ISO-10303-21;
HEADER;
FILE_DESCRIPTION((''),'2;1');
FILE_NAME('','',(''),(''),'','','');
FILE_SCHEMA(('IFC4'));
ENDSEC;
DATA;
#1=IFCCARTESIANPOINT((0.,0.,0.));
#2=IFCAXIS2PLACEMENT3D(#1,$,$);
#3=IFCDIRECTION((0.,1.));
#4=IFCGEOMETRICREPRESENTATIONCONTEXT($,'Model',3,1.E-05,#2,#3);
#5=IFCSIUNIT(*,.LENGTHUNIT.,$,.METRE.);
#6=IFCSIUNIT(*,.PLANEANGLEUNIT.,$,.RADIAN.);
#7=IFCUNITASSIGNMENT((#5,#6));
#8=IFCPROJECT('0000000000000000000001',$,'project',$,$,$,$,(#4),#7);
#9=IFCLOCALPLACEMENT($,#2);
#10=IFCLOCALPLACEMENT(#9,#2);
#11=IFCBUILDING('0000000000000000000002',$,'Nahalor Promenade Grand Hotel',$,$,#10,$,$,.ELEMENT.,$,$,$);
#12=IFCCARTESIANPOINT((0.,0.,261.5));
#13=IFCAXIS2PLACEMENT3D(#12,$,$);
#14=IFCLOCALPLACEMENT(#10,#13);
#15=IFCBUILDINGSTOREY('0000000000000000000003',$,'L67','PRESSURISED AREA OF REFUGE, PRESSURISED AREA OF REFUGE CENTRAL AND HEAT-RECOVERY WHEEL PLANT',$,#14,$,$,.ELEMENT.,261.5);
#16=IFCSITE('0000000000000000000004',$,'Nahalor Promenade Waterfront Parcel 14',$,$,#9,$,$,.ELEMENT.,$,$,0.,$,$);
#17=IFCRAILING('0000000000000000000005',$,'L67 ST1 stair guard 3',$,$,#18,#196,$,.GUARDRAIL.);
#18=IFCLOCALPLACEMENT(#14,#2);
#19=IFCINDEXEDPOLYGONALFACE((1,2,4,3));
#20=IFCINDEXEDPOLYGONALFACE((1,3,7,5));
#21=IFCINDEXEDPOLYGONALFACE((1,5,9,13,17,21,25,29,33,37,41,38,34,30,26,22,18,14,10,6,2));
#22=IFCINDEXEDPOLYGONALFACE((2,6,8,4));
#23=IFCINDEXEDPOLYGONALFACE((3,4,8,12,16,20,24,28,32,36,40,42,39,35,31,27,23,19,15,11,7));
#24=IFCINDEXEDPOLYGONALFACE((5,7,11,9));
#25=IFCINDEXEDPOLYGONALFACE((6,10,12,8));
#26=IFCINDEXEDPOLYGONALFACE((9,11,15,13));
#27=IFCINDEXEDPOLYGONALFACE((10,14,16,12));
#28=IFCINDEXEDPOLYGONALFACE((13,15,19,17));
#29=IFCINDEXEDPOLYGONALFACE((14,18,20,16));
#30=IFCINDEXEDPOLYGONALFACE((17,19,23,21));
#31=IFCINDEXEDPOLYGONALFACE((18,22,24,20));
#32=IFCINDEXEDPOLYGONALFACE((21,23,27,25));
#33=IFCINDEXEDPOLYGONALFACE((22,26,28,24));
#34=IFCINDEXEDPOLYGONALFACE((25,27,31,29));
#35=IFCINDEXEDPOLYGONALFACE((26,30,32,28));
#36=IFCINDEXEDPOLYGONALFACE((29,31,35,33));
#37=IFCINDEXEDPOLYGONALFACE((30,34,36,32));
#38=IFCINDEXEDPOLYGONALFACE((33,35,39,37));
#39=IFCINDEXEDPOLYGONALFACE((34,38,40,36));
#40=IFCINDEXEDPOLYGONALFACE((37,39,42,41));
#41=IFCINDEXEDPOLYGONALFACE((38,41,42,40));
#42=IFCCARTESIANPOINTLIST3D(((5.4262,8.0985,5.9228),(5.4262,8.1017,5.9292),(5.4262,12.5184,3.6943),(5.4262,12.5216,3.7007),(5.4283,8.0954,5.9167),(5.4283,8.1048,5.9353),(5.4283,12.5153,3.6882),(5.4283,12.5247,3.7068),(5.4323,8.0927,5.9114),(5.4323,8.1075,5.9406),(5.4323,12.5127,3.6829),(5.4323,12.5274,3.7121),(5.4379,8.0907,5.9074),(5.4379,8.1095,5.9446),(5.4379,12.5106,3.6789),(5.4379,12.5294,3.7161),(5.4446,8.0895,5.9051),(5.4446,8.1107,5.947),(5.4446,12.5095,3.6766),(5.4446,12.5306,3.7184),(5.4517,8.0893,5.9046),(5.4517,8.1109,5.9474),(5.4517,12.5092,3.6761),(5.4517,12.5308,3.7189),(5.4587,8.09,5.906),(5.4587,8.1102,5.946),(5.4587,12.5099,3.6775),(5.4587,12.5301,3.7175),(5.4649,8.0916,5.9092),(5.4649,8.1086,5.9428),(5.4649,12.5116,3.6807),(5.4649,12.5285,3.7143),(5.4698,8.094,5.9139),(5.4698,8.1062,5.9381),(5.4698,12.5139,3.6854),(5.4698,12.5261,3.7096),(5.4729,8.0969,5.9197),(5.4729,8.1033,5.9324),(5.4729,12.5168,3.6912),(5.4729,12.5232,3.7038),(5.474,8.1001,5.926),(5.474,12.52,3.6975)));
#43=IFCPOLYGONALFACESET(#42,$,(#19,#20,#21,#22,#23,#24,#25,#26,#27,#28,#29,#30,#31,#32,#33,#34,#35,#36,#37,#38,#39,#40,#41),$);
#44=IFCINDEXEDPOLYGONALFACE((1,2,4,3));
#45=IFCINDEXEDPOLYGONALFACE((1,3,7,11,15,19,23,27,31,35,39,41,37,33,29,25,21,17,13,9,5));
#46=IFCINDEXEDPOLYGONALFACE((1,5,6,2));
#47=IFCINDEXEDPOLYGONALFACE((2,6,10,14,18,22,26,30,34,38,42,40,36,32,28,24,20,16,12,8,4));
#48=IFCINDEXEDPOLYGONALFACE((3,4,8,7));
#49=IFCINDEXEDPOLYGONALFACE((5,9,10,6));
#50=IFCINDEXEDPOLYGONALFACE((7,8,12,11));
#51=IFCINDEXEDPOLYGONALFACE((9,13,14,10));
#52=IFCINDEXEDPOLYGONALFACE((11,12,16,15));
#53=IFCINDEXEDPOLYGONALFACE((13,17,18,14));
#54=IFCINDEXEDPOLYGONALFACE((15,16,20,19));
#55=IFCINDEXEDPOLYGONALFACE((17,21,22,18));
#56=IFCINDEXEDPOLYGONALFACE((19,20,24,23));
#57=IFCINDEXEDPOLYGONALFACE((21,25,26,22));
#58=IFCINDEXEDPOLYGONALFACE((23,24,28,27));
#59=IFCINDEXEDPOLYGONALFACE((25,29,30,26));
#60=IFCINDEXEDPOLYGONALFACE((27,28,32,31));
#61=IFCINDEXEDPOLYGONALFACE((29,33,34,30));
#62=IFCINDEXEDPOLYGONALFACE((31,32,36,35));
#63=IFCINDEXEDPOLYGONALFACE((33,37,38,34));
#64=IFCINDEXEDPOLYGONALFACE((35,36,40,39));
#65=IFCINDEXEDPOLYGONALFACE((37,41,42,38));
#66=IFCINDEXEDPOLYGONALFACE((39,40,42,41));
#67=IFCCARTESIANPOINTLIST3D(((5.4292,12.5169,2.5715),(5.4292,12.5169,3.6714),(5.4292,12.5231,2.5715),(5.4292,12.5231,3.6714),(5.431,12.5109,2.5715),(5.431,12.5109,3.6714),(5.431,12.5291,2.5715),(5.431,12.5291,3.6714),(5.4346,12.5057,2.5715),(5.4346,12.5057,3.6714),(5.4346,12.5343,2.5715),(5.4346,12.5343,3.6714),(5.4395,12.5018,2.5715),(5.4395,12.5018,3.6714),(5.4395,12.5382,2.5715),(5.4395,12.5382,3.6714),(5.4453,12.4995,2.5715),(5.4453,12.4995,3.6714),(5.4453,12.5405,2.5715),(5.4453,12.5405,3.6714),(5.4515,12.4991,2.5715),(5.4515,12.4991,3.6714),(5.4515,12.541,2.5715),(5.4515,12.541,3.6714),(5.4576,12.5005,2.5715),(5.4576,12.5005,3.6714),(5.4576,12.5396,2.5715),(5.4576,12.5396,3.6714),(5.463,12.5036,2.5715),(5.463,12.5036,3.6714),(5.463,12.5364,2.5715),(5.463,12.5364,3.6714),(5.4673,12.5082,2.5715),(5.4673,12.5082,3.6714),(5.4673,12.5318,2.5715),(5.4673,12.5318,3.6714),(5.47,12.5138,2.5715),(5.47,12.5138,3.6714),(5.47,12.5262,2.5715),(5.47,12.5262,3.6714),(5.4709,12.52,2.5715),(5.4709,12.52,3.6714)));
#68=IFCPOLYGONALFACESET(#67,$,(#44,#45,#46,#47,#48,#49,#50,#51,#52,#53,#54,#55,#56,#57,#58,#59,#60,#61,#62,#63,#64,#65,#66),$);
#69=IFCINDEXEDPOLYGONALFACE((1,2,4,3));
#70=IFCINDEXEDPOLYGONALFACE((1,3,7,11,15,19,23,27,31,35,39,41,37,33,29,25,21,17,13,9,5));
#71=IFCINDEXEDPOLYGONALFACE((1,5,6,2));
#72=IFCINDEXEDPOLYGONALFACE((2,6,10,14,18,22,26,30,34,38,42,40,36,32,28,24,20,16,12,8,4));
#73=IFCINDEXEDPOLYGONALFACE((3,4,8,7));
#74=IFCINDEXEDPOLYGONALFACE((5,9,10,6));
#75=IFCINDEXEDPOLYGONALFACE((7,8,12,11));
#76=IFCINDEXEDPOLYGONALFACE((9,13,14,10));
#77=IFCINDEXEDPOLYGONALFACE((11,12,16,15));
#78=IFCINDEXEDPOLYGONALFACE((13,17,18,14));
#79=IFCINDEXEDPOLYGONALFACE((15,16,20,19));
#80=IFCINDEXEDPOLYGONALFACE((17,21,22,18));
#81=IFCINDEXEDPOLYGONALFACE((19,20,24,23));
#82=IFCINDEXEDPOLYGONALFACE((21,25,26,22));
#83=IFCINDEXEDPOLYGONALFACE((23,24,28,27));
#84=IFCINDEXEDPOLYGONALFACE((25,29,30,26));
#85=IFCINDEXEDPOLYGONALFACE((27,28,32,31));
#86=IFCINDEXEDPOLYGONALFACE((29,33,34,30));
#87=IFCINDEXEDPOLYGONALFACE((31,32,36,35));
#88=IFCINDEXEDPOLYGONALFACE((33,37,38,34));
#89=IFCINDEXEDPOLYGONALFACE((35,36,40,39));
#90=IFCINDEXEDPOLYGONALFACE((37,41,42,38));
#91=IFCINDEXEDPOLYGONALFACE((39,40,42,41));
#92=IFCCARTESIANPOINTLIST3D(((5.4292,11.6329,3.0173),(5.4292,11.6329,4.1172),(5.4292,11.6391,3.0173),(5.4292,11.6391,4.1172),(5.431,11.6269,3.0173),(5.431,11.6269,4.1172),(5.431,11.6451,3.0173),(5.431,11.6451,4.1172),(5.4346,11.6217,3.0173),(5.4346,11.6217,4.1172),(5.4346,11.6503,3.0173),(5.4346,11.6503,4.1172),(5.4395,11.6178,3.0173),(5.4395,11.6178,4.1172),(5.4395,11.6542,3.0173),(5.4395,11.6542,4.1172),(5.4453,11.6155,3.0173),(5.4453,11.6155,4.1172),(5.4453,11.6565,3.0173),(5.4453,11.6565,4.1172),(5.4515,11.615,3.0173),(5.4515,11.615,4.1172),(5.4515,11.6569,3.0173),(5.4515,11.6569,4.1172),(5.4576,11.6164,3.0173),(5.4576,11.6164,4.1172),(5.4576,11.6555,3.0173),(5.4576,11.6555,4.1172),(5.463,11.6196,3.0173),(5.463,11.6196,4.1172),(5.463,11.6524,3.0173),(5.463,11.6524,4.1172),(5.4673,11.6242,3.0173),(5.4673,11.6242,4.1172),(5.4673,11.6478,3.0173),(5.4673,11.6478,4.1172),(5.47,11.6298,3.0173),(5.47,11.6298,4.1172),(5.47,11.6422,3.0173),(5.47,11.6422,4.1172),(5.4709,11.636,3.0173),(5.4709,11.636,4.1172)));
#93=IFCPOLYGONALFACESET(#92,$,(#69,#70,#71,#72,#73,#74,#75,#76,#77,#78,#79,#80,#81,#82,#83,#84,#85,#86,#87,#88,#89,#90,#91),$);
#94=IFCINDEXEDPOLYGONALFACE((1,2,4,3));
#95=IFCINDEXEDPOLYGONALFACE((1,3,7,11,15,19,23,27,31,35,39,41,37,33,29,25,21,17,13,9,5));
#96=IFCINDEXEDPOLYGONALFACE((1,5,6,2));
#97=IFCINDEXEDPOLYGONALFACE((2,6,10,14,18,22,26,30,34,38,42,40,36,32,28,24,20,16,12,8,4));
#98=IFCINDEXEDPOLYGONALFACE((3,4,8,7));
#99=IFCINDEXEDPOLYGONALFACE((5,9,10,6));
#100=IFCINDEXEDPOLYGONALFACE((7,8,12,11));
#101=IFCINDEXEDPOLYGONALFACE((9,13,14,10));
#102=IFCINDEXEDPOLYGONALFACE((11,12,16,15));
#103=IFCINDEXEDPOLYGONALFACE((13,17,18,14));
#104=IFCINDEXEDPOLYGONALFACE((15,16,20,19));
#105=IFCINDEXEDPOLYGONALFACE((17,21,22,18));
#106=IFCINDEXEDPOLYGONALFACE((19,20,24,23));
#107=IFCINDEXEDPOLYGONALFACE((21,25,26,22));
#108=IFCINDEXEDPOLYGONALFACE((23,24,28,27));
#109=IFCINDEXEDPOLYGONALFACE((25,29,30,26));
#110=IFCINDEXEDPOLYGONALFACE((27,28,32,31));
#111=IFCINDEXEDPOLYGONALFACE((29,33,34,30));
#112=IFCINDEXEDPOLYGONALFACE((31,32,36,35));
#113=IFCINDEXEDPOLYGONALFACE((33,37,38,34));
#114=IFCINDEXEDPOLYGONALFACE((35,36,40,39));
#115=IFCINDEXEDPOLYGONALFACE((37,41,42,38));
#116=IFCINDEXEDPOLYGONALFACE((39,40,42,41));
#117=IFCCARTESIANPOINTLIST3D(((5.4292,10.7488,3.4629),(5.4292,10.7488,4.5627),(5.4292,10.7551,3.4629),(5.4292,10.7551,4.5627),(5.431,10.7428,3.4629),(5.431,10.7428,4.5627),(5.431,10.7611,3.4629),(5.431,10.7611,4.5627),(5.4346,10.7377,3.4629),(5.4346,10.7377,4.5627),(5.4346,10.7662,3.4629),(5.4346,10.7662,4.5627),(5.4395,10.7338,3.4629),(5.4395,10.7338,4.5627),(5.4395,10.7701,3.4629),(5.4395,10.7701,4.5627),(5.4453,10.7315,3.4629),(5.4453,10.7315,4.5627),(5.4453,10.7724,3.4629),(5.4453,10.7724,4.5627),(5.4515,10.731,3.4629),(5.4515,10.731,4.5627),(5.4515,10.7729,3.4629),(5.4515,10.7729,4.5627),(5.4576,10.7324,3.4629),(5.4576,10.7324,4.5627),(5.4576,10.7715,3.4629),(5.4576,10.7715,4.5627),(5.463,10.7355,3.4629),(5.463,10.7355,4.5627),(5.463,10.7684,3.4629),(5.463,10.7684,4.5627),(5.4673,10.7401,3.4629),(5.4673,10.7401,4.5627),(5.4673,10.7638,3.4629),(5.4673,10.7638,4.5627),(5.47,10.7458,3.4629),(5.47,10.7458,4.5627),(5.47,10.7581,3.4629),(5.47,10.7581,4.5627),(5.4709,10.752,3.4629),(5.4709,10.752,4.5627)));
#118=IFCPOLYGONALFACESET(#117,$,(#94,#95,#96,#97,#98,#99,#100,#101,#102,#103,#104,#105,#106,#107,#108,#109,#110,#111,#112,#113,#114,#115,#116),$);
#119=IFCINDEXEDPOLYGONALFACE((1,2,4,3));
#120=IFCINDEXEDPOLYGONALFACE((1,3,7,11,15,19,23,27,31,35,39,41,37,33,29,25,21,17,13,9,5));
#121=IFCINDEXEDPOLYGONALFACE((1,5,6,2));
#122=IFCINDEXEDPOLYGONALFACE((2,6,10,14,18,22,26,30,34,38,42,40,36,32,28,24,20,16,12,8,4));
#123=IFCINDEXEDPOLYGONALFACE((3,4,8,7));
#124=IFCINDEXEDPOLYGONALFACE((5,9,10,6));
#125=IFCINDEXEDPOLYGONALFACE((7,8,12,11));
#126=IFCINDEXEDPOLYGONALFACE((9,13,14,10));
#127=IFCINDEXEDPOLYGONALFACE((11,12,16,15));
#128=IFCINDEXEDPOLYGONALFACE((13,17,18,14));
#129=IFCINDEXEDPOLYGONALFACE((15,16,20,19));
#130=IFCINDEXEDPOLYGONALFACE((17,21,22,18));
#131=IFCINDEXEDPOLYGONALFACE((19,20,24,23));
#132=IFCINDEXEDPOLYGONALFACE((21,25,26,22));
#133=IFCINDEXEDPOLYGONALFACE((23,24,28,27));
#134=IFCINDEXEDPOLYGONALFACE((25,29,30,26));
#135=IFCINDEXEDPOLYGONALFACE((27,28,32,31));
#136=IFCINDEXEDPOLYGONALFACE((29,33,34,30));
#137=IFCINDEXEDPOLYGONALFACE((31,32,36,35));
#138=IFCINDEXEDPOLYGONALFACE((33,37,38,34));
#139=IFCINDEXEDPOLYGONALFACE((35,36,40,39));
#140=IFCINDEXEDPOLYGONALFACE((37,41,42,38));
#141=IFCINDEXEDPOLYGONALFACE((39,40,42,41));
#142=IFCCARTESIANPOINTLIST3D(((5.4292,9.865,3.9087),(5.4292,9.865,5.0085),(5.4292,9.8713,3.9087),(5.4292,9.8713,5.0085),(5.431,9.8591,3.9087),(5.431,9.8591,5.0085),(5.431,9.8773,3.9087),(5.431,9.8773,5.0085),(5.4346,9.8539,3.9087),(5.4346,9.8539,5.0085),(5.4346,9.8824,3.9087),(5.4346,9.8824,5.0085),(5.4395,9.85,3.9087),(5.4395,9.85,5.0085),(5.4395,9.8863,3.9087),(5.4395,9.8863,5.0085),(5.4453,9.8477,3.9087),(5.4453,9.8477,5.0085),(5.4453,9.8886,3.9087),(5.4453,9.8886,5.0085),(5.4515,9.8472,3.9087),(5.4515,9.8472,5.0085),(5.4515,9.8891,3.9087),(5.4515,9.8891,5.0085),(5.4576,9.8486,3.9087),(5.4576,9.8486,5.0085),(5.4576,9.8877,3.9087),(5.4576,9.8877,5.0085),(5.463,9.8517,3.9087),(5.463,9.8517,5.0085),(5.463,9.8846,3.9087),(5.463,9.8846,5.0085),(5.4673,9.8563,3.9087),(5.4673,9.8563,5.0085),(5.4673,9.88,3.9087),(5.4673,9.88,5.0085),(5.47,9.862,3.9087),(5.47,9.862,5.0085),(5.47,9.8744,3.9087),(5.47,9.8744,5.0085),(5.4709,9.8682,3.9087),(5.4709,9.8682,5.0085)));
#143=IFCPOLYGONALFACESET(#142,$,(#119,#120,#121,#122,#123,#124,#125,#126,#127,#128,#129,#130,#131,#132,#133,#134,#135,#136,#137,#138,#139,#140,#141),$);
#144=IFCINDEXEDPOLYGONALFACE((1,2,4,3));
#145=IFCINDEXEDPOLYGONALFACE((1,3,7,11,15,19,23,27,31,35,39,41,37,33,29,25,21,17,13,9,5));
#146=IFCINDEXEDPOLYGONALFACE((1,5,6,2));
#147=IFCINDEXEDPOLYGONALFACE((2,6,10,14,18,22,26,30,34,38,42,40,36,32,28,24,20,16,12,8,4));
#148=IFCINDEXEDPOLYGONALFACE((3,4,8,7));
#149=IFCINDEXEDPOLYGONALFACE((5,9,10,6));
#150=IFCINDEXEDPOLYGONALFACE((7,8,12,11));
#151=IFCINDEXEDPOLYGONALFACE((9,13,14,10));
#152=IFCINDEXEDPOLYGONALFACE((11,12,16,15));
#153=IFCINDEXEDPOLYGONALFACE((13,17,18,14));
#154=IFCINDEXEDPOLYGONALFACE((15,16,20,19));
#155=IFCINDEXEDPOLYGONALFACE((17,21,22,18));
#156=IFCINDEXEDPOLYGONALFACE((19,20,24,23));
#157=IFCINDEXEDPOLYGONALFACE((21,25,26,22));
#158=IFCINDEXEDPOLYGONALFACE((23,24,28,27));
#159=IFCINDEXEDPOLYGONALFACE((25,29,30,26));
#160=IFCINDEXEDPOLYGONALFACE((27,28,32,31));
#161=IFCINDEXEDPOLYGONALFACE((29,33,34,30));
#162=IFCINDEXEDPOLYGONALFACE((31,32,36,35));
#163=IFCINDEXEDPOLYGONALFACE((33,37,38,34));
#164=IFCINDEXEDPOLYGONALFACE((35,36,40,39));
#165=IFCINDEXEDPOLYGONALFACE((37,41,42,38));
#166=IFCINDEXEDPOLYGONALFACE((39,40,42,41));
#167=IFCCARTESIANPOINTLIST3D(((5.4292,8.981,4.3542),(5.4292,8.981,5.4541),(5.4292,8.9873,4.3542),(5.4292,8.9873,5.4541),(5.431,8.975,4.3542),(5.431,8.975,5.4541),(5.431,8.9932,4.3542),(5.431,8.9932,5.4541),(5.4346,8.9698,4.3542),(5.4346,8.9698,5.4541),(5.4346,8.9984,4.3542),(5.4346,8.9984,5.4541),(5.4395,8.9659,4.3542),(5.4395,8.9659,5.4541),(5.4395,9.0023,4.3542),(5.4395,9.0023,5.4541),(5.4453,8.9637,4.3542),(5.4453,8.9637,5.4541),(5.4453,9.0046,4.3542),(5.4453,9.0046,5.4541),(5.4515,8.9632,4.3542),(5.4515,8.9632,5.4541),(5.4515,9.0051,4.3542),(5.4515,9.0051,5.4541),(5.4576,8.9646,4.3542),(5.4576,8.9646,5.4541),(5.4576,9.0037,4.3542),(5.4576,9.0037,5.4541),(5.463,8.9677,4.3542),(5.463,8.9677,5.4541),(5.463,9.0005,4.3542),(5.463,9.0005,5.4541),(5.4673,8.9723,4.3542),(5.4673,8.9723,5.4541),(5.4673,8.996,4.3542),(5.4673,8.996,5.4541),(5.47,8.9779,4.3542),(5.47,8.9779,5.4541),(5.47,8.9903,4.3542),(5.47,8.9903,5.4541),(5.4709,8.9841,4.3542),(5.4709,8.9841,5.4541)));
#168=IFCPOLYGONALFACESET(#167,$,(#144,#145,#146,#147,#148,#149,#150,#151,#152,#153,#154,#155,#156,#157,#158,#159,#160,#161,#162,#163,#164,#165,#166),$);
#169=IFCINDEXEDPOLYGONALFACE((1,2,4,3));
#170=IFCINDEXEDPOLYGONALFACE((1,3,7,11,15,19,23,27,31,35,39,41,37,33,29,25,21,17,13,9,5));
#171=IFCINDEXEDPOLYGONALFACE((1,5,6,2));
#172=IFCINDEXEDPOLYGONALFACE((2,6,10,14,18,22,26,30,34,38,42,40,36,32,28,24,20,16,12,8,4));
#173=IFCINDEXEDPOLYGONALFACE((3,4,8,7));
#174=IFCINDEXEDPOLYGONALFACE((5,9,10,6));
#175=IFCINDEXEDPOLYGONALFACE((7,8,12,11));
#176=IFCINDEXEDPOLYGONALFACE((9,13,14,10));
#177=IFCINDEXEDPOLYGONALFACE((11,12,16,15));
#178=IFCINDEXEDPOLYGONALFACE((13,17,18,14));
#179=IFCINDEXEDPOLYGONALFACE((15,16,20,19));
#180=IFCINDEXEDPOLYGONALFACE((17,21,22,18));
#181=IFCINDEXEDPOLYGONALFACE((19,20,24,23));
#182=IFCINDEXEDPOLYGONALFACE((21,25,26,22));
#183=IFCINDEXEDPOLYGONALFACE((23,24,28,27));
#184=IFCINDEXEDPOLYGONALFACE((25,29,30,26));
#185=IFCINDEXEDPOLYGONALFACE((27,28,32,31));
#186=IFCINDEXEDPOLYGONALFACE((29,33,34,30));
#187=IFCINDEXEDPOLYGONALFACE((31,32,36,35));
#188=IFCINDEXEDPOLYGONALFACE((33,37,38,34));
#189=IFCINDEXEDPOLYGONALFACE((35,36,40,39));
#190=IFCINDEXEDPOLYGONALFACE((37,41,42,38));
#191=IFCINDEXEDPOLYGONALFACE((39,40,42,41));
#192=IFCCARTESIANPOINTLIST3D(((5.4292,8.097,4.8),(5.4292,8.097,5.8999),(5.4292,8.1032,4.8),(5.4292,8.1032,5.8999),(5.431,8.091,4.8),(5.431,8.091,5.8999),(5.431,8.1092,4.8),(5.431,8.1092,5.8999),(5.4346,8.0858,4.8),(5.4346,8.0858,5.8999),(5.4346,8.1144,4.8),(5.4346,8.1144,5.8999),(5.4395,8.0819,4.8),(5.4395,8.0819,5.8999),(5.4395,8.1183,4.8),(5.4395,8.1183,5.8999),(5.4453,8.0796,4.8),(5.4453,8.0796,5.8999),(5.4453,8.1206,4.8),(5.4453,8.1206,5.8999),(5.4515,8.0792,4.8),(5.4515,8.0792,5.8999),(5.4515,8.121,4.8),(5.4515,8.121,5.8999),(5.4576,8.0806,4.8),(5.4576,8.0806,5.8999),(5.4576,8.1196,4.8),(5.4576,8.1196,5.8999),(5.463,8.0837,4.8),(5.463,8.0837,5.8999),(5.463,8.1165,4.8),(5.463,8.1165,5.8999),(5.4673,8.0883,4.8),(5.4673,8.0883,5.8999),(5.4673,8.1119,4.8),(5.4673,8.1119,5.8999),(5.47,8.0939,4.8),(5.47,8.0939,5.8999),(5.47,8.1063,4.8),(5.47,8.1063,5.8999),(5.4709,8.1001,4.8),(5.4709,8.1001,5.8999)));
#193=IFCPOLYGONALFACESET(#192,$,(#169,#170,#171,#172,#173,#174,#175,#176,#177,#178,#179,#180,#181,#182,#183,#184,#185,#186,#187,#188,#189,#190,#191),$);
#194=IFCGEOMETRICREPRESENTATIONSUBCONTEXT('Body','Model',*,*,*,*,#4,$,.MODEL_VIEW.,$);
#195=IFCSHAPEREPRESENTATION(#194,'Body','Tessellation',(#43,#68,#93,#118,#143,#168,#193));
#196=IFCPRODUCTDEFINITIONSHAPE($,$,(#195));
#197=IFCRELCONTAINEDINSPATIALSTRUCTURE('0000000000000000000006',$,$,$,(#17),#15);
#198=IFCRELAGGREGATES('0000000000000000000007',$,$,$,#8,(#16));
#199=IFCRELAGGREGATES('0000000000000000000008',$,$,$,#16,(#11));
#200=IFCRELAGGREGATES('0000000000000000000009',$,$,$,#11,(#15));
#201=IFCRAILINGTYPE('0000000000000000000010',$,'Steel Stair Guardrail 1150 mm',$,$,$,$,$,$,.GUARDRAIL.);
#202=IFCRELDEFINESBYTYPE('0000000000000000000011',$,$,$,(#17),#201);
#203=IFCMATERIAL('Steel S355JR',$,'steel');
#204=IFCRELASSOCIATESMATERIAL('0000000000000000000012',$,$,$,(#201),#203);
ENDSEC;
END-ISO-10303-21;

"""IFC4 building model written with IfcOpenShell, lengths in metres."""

from ifc_helpers import new_model, si_unit, direction, frame, origin, origin_2d, place, context, subcontext, project, spatial, circle, extrude, material, type_object, element, save


model = new_model("IFC4")

# Units and contexts
model_context = context("Model", 3, precision=1e-05, world=origin(), true_north=direction((0.0, 1.0)))
body_context = subcontext(model_context, "Body", "Model", "MODEL_VIEW")
ifc_project = project(units=[si_unit("LENGTHUNIT", "METRE"), si_unit("PLANEANGLEUNIT", "RADIAN")], contexts=[model_context])

# Site, building, storey
site_placement = place(None, origin())
site = spatial("IfcSite", under=ifc_project, at=site_placement, Name="Nahalor Promenade Waterfront Parcel 14", CompositionType="ELEMENT", RefElevation=0.0)
building_placement = place(site_placement, origin())
building = spatial("IfcBuilding", under=site, at=building_placement, Name="Nahalor Promenade Grand Hotel", CompositionType="ELEMENT")
storey_placement = place(building_placement, frame((0.0, 0.0, 261.5)))
storey = spatial("IfcBuildingStorey", under=building, at=storey_placement, Name="L67", Description="PRESSURISED AREA OF REFUGE, PRESSURISED AREA OF REFUGE CENTRAL AND HEAT-RECOVERY WHEEL PLANT", CompositionType="ELEMENT", Elevation=261.5)

# Shared definitions
ifc_material_1 = material(Name="Steel S355JR", Category="steel")

# Railing
railing_type_1 = type_object("IfcRailingType", Name="Steel Stair Guardrail 1150 mm", PredefinedType="GUARDRAIL", material=ifc_material_1)
railing_1_placement = place(storey_placement, frame((5.45, 12.52, 2.5715)))
element("IfcRailing", 1, at=railing_1_placement, inside=storey, type_object=railing_type_1, Name="L67 ST1 stair guard 3", PredefinedType="GUARDRAIL", context=body_context, shape_type="SweptSolid", body=[
    extrude(circle(Radius=0.024, at=origin_2d()), frame((0.0, 0.0, 1.126), z_axis=(0.0, -0.892923, 0.45021), x_axis=(1.0, 0.0, 0.0)), (0.0, 0.0, 1.0), 4.95),
    extrude(circle(Radius=0.021, at=origin_2d()), origin(), (0.0, 0.0, 1.0), 1.0999),
    extrude(circle(Radius=0.021, at=origin_2d()), frame((0.0, -0.884, 0.4458)), (0.0, 0.0, 1.0), 1.0999),
    extrude(circle(Radius=0.021, at=origin_2d()), frame((0.0, -1.7681, 0.8914)), (0.0, 0.0, 1.0), 1.0999),
    extrude(circle(Radius=0.021, at=origin_2d()), frame((0.0, -2.6519, 1.3372)), (0.0, 0.0, 1.0), 1.0999),
    extrude(circle(Radius=0.021, at=origin_2d()), frame((0.0, -3.5359, 1.7827)), (0.0, 0.0, 1.0), 1.0999),
    extrude(circle(Radius=0.021, at=origin_2d()), frame((0.0, -4.4199, 2.2285)), (0.0, 0.0, 1.0), 1.0999),
])

save(model, "model.ifc")
